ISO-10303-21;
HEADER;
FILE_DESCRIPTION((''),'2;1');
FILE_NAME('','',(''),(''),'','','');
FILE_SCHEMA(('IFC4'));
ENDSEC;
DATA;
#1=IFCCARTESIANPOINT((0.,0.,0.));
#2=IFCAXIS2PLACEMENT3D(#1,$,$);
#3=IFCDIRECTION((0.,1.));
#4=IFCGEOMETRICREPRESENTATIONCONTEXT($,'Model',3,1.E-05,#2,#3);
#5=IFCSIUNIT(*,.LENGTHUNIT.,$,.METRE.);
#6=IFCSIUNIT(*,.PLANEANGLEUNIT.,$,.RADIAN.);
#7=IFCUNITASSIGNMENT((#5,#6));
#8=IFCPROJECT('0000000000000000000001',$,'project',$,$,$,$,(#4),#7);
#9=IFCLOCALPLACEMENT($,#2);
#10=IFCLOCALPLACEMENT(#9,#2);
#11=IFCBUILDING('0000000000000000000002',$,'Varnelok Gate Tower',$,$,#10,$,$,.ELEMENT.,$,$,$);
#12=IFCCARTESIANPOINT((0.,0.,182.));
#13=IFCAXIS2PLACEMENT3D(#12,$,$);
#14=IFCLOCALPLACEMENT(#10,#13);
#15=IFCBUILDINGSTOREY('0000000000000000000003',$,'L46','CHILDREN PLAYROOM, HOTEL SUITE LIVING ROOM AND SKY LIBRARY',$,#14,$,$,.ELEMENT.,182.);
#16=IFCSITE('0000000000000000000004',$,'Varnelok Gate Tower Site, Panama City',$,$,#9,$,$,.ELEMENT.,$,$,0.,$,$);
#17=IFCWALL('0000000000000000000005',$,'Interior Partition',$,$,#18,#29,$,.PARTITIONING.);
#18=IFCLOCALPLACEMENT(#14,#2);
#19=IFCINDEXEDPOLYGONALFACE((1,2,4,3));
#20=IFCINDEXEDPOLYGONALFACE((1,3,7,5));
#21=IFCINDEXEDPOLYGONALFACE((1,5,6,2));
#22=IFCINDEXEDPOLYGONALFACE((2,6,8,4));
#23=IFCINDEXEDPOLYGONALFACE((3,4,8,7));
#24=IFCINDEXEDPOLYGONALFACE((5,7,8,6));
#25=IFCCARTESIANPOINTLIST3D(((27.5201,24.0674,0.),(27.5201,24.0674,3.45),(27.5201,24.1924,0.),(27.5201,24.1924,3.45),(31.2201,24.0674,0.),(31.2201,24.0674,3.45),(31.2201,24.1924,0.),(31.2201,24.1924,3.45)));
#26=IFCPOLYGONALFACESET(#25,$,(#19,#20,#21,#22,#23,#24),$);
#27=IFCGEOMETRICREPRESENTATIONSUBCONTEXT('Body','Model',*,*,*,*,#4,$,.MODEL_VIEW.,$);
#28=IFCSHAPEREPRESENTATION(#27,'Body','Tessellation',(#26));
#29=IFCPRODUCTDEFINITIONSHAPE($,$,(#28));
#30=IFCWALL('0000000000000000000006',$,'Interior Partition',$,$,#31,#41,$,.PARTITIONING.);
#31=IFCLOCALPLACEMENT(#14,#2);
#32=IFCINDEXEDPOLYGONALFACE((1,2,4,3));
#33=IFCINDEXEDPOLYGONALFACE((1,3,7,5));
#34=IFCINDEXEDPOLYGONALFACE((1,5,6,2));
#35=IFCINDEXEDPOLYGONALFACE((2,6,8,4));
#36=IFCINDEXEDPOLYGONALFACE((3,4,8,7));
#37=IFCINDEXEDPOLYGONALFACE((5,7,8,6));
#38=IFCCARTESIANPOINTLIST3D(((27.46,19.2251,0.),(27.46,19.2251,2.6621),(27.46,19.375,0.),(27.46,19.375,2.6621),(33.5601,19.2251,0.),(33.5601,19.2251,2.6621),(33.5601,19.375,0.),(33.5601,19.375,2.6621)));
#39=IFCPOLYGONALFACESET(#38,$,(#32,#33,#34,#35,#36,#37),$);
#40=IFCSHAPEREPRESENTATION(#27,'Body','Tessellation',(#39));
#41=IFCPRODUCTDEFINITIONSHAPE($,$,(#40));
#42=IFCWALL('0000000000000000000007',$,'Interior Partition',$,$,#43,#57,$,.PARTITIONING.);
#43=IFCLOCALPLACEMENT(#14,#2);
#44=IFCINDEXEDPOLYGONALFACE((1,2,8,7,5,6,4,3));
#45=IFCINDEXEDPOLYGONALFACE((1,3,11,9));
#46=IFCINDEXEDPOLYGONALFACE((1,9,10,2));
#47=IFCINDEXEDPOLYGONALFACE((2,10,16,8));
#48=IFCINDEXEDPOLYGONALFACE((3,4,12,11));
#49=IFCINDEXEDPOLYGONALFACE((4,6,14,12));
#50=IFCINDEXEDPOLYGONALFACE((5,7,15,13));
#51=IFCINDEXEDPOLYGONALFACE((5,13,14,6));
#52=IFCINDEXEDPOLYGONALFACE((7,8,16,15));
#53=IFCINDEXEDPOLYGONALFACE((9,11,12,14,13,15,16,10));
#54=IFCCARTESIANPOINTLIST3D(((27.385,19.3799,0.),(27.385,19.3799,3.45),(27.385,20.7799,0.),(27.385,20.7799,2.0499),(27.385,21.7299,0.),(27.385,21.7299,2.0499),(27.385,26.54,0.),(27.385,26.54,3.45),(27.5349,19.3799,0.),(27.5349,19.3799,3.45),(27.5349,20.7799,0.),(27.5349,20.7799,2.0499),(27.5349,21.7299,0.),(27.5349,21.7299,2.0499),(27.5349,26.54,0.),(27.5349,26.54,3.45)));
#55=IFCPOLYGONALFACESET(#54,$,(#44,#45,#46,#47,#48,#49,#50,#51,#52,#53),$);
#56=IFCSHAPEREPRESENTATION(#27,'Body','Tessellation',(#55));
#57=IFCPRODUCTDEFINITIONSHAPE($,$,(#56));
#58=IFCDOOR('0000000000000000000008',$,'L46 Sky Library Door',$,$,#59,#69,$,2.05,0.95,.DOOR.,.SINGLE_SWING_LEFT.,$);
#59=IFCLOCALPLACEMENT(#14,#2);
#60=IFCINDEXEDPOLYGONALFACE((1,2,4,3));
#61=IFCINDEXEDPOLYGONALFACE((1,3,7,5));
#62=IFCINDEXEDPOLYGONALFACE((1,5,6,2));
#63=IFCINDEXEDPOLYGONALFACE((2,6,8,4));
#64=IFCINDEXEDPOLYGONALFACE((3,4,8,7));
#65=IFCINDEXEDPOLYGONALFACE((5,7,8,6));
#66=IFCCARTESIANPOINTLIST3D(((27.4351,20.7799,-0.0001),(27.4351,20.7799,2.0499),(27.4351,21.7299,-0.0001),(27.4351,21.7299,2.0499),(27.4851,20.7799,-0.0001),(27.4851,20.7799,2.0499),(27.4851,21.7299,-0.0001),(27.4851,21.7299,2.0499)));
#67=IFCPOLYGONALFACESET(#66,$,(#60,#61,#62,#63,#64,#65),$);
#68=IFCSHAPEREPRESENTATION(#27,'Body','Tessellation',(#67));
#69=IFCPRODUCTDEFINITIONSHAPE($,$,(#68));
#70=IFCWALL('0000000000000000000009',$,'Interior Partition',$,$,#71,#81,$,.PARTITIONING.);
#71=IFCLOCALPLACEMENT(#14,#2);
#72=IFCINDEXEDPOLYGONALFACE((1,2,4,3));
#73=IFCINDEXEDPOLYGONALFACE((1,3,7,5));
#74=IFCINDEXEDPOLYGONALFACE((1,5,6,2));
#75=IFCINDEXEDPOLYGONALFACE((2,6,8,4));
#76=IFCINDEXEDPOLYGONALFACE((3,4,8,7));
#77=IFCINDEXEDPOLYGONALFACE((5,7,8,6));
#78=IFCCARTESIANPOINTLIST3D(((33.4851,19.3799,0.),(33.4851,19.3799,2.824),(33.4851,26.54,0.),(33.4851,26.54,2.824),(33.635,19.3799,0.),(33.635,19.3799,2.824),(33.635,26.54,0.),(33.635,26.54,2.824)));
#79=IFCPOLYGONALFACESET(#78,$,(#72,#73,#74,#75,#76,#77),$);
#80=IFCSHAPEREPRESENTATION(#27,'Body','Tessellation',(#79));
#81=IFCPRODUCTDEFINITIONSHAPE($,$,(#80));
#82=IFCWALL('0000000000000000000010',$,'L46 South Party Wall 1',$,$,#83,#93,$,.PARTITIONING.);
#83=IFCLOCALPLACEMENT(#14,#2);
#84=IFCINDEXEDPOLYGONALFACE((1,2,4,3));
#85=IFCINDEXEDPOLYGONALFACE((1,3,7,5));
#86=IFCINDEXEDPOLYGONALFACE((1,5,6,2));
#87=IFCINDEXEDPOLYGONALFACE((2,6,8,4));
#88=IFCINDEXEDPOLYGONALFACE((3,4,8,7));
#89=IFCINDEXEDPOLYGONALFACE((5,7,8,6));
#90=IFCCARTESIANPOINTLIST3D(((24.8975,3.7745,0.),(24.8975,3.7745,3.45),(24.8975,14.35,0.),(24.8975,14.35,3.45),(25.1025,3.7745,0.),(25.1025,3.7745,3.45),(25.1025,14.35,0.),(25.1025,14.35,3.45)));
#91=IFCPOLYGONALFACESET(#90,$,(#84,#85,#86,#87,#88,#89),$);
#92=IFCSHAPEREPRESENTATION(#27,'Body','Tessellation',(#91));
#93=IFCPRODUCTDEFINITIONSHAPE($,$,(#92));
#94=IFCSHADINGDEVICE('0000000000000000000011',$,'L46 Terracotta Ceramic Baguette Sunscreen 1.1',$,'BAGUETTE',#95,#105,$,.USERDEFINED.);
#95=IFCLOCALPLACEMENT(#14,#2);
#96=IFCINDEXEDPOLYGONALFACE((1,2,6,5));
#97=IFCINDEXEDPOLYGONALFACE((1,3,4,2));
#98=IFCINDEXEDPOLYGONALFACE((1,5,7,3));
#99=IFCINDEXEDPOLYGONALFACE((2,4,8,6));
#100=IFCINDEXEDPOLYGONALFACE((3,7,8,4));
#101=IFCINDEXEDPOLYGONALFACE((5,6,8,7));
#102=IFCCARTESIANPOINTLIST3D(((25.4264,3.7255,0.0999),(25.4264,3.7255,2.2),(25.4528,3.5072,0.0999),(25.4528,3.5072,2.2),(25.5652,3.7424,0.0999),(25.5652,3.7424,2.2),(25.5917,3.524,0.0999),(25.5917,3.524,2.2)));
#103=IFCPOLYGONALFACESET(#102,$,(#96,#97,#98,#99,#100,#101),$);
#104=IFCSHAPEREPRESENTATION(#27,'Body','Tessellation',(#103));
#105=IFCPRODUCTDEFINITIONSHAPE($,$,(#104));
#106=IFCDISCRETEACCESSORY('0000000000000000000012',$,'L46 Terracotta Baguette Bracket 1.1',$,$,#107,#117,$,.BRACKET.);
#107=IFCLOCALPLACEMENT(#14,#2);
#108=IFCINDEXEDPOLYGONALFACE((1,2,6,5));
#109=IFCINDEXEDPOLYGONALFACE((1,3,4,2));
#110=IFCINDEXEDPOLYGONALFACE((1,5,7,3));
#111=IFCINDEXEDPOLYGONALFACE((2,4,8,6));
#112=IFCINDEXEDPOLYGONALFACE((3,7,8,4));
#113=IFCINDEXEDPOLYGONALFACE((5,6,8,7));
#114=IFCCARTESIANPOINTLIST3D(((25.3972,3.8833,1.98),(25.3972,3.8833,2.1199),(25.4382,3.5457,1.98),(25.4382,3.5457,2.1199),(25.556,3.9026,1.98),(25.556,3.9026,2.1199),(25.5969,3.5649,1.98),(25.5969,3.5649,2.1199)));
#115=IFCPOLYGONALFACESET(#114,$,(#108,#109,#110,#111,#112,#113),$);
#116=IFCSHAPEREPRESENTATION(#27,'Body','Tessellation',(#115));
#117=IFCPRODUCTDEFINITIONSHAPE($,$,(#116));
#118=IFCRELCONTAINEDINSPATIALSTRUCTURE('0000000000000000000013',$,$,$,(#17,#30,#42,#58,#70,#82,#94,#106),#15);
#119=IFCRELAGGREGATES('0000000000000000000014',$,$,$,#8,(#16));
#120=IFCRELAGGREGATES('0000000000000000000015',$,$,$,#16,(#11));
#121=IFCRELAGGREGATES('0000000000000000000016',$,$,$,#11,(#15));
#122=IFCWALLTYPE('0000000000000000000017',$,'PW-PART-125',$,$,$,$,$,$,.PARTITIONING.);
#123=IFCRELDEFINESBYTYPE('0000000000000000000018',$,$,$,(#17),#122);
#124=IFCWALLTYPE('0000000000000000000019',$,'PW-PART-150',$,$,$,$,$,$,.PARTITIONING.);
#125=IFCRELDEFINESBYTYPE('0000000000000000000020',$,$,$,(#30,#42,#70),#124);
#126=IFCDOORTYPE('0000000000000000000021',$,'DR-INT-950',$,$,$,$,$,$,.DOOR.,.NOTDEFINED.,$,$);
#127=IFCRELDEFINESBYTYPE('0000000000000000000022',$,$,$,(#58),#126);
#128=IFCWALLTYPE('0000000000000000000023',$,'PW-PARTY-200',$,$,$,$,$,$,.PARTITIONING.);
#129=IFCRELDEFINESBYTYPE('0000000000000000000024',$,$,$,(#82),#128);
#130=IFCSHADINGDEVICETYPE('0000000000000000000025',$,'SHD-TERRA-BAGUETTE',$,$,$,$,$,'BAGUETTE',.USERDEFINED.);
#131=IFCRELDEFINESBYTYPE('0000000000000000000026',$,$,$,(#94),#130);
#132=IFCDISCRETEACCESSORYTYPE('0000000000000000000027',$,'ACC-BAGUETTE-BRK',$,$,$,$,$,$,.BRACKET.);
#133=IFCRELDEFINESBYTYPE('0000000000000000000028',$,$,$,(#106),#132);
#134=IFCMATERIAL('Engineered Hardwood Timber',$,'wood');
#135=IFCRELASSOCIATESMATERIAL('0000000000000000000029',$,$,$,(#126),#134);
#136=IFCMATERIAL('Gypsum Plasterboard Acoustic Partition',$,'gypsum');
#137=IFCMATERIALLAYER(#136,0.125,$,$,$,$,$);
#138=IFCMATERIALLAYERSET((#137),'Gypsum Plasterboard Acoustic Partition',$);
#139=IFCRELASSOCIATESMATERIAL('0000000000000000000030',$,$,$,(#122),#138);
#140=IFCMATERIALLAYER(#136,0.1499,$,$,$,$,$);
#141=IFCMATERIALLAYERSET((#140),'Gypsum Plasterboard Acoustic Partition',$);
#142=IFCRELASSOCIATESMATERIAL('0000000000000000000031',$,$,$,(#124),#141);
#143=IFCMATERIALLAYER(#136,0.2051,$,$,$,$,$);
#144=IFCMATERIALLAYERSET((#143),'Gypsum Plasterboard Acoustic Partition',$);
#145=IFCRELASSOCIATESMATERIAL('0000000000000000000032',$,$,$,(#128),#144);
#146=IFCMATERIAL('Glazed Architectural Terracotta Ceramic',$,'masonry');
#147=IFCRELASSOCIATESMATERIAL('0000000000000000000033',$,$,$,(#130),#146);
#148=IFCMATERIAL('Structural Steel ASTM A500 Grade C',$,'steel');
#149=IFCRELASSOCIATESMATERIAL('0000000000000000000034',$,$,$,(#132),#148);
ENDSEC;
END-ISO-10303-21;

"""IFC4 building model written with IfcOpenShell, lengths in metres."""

from ifc_helpers import new_model, si_unit, direction, frame, frame_2d, origin, origin_2d, place, context, subcontext, project, spatial, rectangle, extrude, source, transform, mapped, material, layer, layer_set, type_object, element, fill, save


model = new_model("IFC4")

# Units and contexts
model_context = context("Model", 3, precision=1e-05, world=origin(), true_north=direction((0.0, 1.0)))
body_context = subcontext(model_context, "Body", "Model", "MODEL_VIEW")
ifc_project = project(units=[si_unit("LENGTHUNIT", "METRE"), si_unit("PLANEANGLEUNIT", "RADIAN")], contexts=[model_context])

# Site, building, storey
site_placement = place(None, origin())
site = spatial("IfcSite", under=ifc_project, at=site_placement, Name="Varnelok Gate Tower Site, Panama City", CompositionType="ELEMENT", RefElevation=0.0)
building_placement = place(site_placement, origin())
building = spatial("IfcBuilding", under=site, at=building_placement, Name="Varnelok Gate Tower", CompositionType="ELEMENT")
storey_placement = place(building_placement, frame((0.0, 0.0, 182.0)))
storey = spatial("IfcBuildingStorey", under=building, at=storey_placement, Name="L46", Description="CHILDREN PLAYROOM, HOTEL SUITE LIVING ROOM AND SKY LIBRARY", CompositionType="ELEMENT", Elevation=182.0)

# Shared definitions
ifc_material_1 = material(Name="Gypsum Plasterboard Acoustic Partition", Category="gypsum")
ifc_material_2 = material(Name="Engineered Hardwood Timber", Category="wood")
door_type_1 = type_object("IfcDoorType", Name="DR-INT-950", OperationType="NOTDEFINED", PredefinedType="DOOR", material=ifc_material_2)

# Walls
ifc_layer_1 = layer(ifc_material_1, 0.125)
ifc_layer_set_1 = layer_set([ifc_layer_1], Name="Gypsum Plasterboard Acoustic Partition")
wall_type_1 = type_object("IfcWallType", Name="PW-PART-125", PredefinedType="PARTITIONING", material=ifc_layer_set_1)
wall_1_placement = place(storey_placement, frame((27.52, 24.1299, 0.0), z_axis=(0.0, 0.0, 1.0), x_axis=(1.0, 0.0, 0.0)))
element("IfcWall", 1, at=wall_1_placement, inside=storey, type_object=wall_type_1, Name="Interior Partition", PredefinedType="PARTITIONING", context=body_context, shape_type="SweptSolid", body=[
    extrude(rectangle(XDim=3.7, YDim=0.125, at=frame_2d((1.8501, 0.0))), origin(), (0.0, 0.0, 1.0), 3.45),
])
ifc_layer_2 = layer(ifc_material_1, 0.1499)
ifc_layer_set_2 = layer_set([ifc_layer_2], Name="Gypsum Plasterboard Acoustic Partition")
wall_type_2 = type_object("IfcWallType", Name="PW-PART-150", PredefinedType="PARTITIONING", material=ifc_layer_set_2)
wall_2_placement = place(storey_placement, frame((27.46, 19.3, 0.0), z_axis=(0.0, 0.0, 1.0), x_axis=(1.0, 0.0, 0.0)))
element("IfcWall", 2, at=wall_2_placement, inside=storey, type_object=wall_type_2, Name="Interior Partition", PredefinedType="PARTITIONING", context=body_context, shape_type="SweptSolid", body=[
    extrude(rectangle(XDim=6.1001, YDim=0.1499, at=frame_2d((3.05, 0.0))), origin(), (0.0, 0.0, 1.0), 2.6621),
])

# Wall, opening, door
wall_3_placement = place(storey_placement, frame((27.46, 19.3799, 0.0), z_axis=(0.0, 0.0, 1.0), x_axis=(0.0, 1.0, 0.0)))
wall_3 = element("IfcWall", 3, at=wall_3_placement, inside=storey, type_object=wall_type_2, Name="Interior Partition", PredefinedType="PARTITIONING", context=body_context, shape_type="SweptSolid", body=[
    extrude(rectangle(XDim=7.1602, YDim=0.1499, at=frame_2d((3.5801, 0.0))), origin(), (0.0, 0.0, 1.0), 3.45),
])
opening_1_placement = place(wall_3_placement, frame((1.3999, 0.0, 0.0)))
opening_1 = element("IfcOpeningElement", 4, at=opening_1_placement, cuts=wall_3, PredefinedType="OPENING", context=body_context, shape_type="SweptSolid", body=[
    extrude(rectangle(XDim=0.95, YDim=2.05, at=frame_2d((0.4751, 1.0249))), frame((0.0, 0.085, 0.0), z_axis=(0.0, -1.0, 0.0), x_axis=(1.0, 0.0, 0.0)), (0.0, 0.0, 1.0), 0.1699),
])
door_1_placement = place(opening_1_placement, origin())
door_1 = element("IfcDoor", 5, at=door_1_placement, inside=storey, type_object=door_type_1, Name="L46 Sky Library Door", OperationType="SINGLE_SWING_LEFT", OverallHeight=2.05, OverallWidth=0.95, PredefinedType="DOOR", context=body_context, shape_type="SweptSolid", body=[
    extrude(rectangle(XDim=0.95, YDim=2.05, at=frame_2d((0.4751, 1.0249))), frame((0.0, 0.0249, 0.0), z_axis=(0.0, -1.0, 0.0), x_axis=(1.0, 0.0, 0.0)), (0.0, 0.0, 1.0), 0.05),
])
fill(opening_1, door_1)

# Walls
wall_4_placement = place(storey_placement, frame((33.5601, 19.3799, 0.0), z_axis=(0.0, 0.0, 1.0), x_axis=(0.0, 1.0, 0.0)))
element("IfcWall", 6, at=wall_4_placement, inside=storey, type_object=wall_type_2, Name="Interior Partition", PredefinedType="PARTITIONING", context=body_context, shape_type="SweptSolid", body=[
    extrude(rectangle(XDim=7.1602, YDim=0.1499, at=frame_2d((3.5801, 0.0))), origin(), (0.0, 0.0, 1.0), 2.824),
])
ifc_layer_3 = layer(ifc_material_1, 0.2051)
ifc_layer_set_3 = layer_set([ifc_layer_3], Name="Gypsum Plasterboard Acoustic Partition")
wall_type_3 = type_object("IfcWallType", Name="PW-PARTY-200", PredefinedType="PARTITIONING", material=ifc_layer_set_3)
wall_5_placement = place(storey_placement, frame((25.0, 3.7747, 0.0), z_axis=(0.0, 0.0, 1.0), x_axis=(0.0, 1.0, 0.0)))
element("IfcWall", 7, at=wall_5_placement, inside=storey, type_object=wall_type_3, Name="L46 South Party Wall 1", PredefinedType="PARTITIONING", context=body_context, shape_type="SweptSolid", body=[
    extrude(rectangle(XDim=10.5754, YDim=0.2051, at=frame_2d((5.2876, 0.0))), origin(), (0.0, 0.0, 1.0), 3.45),
])

# Shading device
ifc_material_3 = material(Name="Glazed Architectural Terracotta Ceramic", Category="masonry")
shading_device_type = type_object("IfcShadingDeviceType", Name="SHD-TERRA-BAGUETTE", ElementType="BAGUETTE", PredefinedType="USERDEFINED", material=ifc_material_3)
shared_shape_1 = source(origin(), body_context, "Body", "SweptSolid", [
    extrude(rectangle(XDim=0.1399, YDim=0.22, at=origin_2d()), origin(), (0.0, 0.0, 1.0), 2.1001),
])
shading_device_placement = place(storey_placement, frame((25.509, 3.6248, 0.0999), z_axis=(0.0, 0.0, 1.0), x_axis=(0.992732, 0.120345, 0.0)))
element("IfcShadingDevice", 8, at=shading_device_placement, inside=storey, type_object=shading_device_type, Name="L46 Terracotta Ceramic Baguette Sunscreen 1.1", ObjectType="BAGUETTE", PredefinedType="USERDEFINED", context=body_context, shape_type="MappedRepresentation", body=[
    mapped(shared_shape_1, transform((0.0, 0.0, 0.0), scale=1.0)),
])

# Discrete accessory
ifc_material_4 = material(Name="Structural Steel ASTM A500 Grade C", Category="steel")
discrete_accessory_type = type_object("IfcDiscreteAccessoryType", Name="ACC-BAGUETTE-BRK", PredefinedType="BRACKET", material=ifc_material_4)
shared_shape_2 = source(origin(), body_context, "Body", "SweptSolid", [
    extrude(rectangle(XDim=0.1599, YDim=0.3401, at=origin_2d()), origin(), (0.0, 0.0, 1.0), 0.1399),
])
discrete_accessory_placement = place(storey_placement, frame((25.4971, 3.7241, 1.98), z_axis=(0.0, 0.0, 1.0), x_axis=(0.992732, 0.120345, 0.0)))
element("IfcDiscreteAccessory", 9, at=discrete_accessory_placement, inside=storey, type_object=discrete_accessory_type, Name="L46 Terracotta Baguette Bracket 1.1", PredefinedType="BRACKET", context=body_context, shape_type="MappedRepresentation", body=[
    mapped(shared_shape_2, transform((0.0, 0.0, 0.0), scale=1.0)),
])

save(model, "model.ifc")
